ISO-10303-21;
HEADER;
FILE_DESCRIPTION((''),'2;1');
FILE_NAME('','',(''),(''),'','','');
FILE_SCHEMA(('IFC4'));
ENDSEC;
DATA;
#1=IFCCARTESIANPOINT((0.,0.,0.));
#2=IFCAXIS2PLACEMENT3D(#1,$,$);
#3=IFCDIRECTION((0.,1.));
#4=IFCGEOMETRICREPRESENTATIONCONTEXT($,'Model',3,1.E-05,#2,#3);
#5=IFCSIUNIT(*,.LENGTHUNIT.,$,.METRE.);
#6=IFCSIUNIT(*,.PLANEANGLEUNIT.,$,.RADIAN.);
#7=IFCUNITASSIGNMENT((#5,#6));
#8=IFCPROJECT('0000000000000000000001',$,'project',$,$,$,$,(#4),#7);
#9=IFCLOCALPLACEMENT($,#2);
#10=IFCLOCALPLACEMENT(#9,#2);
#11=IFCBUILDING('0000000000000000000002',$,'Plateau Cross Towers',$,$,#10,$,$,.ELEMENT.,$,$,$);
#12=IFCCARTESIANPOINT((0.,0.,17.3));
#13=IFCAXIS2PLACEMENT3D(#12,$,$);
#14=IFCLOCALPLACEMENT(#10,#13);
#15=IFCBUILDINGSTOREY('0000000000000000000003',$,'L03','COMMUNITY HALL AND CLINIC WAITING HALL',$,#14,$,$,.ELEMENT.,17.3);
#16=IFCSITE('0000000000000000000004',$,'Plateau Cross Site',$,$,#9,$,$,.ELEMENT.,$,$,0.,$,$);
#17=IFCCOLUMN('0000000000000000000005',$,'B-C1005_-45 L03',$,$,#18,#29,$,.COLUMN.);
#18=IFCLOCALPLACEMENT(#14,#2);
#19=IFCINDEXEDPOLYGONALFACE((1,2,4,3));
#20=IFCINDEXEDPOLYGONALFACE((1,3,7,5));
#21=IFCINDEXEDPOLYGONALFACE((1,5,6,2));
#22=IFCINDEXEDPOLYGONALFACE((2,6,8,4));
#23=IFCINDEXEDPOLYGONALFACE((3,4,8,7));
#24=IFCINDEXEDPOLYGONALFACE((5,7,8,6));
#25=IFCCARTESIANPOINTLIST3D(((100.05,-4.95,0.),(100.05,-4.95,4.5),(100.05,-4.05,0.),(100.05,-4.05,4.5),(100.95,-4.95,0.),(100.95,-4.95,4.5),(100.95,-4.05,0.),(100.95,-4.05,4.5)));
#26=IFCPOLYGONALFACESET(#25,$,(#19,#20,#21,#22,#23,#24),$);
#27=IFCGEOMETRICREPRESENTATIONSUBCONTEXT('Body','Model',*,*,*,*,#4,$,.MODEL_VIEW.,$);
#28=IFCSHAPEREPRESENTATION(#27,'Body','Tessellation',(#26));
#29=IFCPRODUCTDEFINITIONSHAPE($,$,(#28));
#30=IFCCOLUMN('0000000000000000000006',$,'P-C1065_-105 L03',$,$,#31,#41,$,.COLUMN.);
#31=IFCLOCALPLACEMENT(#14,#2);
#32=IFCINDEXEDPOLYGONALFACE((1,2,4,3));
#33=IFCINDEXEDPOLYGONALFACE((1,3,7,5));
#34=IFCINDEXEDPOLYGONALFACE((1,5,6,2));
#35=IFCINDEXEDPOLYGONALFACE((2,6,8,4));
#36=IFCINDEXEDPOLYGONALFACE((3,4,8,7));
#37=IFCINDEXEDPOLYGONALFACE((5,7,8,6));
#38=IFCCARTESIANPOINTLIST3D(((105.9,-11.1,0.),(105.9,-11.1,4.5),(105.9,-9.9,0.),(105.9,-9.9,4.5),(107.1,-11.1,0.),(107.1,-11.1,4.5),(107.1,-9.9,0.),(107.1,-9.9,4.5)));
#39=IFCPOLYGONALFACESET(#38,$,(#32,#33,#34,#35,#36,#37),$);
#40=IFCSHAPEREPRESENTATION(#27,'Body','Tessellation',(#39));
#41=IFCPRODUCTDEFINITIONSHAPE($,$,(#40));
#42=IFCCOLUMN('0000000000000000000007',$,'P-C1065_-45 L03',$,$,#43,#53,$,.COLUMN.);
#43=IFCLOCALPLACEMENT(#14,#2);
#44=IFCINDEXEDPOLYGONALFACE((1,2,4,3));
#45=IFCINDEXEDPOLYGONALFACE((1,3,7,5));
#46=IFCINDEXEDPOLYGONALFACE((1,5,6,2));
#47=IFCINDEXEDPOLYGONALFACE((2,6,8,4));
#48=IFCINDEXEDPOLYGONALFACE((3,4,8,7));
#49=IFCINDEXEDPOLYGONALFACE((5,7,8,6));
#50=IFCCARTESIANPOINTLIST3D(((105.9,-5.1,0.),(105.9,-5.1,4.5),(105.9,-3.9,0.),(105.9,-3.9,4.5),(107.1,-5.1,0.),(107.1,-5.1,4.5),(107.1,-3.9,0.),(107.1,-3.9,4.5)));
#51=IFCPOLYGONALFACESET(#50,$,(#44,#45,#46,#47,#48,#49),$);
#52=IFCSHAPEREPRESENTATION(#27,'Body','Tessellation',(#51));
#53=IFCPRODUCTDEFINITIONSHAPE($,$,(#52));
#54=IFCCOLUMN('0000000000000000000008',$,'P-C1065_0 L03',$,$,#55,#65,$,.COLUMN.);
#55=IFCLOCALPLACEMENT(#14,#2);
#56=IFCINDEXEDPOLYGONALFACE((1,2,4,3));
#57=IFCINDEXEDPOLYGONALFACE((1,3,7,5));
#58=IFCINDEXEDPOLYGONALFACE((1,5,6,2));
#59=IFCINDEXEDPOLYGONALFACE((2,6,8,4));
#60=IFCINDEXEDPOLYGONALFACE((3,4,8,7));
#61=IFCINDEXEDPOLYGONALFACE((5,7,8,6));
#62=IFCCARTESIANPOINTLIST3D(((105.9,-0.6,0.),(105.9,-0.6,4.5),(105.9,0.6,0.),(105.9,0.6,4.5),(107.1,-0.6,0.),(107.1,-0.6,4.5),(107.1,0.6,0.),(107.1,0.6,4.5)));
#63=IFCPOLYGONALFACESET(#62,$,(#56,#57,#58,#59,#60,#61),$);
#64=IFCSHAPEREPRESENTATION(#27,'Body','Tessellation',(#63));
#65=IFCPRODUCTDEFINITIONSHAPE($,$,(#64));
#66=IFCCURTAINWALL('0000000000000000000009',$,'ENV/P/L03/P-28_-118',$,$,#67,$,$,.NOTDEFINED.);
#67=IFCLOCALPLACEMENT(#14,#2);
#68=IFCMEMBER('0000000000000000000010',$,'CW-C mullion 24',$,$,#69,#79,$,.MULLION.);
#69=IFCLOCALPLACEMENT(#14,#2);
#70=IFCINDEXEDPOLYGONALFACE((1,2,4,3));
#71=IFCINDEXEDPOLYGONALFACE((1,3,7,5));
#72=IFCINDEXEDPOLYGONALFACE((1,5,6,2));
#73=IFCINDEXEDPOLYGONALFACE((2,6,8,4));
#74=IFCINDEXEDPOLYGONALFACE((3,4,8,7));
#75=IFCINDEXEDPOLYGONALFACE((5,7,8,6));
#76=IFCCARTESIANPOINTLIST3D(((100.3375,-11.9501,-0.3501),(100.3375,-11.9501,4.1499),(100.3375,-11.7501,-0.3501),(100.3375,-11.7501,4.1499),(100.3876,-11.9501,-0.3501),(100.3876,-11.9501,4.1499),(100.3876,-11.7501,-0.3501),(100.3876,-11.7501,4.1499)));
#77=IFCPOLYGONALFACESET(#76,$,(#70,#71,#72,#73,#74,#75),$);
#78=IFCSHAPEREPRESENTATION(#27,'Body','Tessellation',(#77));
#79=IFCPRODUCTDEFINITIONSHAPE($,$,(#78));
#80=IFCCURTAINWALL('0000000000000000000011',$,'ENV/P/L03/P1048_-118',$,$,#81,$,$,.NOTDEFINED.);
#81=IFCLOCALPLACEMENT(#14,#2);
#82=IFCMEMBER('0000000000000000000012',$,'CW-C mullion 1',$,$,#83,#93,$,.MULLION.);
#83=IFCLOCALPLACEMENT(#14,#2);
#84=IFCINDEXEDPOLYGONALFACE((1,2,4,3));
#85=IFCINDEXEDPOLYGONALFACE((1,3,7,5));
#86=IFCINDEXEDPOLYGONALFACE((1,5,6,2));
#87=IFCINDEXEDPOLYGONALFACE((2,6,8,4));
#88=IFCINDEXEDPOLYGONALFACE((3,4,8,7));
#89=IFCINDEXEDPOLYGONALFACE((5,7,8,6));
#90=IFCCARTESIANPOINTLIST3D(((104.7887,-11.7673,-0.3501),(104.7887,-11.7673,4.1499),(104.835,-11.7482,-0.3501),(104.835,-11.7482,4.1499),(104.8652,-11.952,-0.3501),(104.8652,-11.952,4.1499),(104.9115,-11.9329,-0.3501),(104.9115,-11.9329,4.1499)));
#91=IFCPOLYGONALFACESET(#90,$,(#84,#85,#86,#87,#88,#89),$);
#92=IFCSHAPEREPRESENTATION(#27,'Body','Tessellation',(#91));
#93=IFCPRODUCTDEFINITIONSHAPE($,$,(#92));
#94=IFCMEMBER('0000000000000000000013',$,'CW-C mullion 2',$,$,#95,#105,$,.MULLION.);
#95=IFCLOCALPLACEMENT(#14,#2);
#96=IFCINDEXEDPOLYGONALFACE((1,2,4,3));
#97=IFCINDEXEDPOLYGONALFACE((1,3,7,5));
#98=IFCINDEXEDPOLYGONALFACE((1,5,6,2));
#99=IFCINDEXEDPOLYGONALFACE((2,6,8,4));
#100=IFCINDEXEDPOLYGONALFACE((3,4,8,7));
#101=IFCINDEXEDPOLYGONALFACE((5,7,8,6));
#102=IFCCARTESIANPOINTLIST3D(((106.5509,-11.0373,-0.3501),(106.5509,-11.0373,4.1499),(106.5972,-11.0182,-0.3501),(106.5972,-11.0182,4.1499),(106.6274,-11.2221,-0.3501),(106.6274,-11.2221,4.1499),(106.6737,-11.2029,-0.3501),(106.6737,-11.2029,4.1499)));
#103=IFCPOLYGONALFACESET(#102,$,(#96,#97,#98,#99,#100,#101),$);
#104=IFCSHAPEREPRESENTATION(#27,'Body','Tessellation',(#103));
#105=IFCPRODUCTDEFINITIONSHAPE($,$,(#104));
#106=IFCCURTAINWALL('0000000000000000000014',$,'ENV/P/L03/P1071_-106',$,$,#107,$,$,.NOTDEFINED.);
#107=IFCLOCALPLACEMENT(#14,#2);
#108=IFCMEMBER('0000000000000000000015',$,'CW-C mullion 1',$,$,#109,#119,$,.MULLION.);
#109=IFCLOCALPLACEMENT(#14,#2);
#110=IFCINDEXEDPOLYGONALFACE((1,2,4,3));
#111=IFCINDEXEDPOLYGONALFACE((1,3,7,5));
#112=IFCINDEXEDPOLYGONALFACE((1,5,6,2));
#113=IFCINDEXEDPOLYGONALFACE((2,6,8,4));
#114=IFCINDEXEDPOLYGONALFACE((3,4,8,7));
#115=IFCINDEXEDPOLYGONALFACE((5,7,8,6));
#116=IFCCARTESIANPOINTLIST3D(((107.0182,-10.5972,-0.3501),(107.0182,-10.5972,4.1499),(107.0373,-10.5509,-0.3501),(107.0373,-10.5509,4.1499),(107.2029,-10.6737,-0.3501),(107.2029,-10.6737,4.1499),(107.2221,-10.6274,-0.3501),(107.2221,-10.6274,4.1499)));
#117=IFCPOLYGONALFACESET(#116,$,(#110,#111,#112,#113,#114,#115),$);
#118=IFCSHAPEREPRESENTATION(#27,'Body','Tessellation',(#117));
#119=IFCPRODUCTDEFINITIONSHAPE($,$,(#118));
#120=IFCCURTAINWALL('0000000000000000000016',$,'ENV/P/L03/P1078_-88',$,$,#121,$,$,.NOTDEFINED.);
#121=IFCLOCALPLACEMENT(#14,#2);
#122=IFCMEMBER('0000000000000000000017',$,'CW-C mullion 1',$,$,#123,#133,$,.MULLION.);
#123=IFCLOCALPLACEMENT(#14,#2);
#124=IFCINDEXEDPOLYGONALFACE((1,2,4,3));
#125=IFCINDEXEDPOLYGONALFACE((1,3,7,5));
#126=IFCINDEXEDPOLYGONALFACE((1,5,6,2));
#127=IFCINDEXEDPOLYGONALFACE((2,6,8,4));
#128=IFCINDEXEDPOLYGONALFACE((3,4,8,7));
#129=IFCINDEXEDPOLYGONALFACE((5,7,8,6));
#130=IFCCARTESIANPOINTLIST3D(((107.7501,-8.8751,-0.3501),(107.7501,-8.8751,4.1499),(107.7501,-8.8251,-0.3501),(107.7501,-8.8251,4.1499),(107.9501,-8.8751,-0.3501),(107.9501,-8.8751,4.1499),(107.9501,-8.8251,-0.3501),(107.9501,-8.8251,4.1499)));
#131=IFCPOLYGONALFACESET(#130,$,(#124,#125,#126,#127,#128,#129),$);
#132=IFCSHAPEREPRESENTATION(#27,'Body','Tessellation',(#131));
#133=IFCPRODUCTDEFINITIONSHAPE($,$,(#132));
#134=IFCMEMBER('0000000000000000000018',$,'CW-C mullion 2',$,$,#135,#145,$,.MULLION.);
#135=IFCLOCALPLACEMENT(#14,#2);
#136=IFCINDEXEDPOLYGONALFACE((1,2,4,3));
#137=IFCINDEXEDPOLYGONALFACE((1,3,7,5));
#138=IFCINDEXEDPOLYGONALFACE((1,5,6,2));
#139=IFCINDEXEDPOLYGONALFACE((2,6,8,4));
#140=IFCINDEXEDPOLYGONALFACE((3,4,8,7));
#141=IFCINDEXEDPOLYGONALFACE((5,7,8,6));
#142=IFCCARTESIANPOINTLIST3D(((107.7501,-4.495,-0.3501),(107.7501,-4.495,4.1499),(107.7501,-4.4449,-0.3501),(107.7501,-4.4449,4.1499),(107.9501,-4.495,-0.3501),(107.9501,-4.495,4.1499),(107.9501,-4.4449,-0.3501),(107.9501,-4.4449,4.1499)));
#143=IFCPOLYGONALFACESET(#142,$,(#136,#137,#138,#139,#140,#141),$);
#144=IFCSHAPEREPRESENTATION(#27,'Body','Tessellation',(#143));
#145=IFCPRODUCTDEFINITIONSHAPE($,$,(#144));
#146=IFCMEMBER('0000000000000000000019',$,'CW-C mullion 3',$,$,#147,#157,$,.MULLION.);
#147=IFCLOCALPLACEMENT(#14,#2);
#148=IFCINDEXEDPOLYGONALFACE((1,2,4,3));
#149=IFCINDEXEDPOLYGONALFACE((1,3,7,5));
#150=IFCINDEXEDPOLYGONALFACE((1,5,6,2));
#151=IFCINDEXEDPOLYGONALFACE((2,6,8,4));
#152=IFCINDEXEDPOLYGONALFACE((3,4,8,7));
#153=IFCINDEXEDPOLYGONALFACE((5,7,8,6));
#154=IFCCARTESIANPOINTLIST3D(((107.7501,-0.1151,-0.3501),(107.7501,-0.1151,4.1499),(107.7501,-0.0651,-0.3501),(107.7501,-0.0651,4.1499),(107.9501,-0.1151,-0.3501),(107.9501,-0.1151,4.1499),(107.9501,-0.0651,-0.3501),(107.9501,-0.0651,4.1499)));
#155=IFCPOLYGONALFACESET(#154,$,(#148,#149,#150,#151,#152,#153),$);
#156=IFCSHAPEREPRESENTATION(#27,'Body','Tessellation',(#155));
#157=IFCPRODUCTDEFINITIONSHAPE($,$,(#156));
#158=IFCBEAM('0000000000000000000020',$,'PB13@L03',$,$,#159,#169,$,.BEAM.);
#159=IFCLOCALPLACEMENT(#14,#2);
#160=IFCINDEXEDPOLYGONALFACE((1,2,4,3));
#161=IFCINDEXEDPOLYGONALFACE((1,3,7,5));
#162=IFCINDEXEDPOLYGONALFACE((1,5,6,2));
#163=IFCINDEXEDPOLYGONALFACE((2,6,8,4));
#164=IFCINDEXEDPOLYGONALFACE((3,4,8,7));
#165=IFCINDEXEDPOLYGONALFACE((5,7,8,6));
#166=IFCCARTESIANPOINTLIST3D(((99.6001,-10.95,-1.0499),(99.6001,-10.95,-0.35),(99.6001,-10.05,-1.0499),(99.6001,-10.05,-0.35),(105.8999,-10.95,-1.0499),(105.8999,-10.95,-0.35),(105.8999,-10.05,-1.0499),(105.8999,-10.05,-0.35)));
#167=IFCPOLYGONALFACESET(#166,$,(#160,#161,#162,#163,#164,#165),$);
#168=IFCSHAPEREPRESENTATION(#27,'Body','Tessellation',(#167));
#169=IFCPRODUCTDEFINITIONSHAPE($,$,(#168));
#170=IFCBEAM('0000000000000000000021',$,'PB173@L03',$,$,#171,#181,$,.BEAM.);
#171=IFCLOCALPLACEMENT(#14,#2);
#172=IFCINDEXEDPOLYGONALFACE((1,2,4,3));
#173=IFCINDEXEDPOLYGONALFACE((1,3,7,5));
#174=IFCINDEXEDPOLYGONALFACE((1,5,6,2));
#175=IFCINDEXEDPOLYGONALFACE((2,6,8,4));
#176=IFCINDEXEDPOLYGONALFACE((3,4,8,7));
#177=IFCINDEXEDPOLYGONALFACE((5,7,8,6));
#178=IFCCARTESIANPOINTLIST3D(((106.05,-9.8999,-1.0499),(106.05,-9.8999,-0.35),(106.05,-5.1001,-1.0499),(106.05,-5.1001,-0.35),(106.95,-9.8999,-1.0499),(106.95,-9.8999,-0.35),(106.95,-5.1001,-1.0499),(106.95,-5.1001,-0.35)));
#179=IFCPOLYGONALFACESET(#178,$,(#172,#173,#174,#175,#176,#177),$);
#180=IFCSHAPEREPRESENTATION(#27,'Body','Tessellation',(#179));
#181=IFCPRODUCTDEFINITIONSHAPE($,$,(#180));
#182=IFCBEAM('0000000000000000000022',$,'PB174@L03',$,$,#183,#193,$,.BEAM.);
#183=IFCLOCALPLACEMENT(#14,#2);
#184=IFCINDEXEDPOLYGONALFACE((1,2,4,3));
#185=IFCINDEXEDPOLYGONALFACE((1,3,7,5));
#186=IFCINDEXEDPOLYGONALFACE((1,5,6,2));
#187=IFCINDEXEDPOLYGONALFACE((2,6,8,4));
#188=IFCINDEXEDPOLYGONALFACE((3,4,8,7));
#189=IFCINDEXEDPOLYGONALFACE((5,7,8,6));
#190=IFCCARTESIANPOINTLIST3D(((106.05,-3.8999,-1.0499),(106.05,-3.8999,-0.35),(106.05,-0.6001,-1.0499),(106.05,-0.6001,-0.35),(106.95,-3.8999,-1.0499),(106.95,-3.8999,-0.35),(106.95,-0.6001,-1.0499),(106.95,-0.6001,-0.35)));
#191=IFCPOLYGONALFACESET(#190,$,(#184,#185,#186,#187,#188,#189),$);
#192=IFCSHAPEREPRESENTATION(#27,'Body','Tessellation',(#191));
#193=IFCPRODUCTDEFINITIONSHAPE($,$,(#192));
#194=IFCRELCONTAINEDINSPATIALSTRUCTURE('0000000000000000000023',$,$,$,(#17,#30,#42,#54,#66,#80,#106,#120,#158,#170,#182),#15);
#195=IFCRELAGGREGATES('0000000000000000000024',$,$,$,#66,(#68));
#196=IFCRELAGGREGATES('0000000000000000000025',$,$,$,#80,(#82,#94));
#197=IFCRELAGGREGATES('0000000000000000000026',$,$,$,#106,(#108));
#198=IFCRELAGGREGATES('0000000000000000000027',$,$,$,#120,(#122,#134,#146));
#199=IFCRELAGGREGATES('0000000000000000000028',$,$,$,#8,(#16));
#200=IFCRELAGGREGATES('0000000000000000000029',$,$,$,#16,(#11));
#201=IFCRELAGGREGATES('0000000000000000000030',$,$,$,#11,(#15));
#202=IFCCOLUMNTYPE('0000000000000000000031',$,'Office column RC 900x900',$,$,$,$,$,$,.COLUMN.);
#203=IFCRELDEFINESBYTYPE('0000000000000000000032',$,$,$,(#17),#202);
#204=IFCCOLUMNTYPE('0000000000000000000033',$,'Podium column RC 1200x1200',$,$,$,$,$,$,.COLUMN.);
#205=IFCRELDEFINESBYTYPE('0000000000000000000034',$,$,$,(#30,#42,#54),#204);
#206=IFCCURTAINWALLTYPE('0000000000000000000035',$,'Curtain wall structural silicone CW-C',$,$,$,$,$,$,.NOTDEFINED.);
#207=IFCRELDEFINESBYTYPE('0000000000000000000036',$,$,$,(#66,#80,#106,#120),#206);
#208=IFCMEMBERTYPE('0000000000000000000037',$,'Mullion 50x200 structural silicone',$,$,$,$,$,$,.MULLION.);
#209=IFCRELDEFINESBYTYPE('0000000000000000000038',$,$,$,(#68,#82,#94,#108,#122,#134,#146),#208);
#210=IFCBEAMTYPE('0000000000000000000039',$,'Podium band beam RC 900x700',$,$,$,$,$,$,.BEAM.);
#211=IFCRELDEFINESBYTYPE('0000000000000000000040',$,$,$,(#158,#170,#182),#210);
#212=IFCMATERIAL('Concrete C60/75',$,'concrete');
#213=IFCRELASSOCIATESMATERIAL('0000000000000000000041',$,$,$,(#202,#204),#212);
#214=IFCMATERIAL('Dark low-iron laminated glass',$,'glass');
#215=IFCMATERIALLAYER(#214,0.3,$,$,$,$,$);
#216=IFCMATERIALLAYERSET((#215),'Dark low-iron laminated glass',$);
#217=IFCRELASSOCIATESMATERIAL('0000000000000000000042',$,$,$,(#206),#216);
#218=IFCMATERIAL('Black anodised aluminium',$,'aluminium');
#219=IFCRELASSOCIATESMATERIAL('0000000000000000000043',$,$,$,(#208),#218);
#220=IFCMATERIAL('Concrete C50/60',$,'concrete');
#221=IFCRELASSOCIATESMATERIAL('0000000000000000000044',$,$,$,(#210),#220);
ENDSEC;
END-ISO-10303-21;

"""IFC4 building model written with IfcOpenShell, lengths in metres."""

from ifc_helpers import new_model, si_unit, direction, frame, origin, origin_2d, place, context, subcontext, project, spatial, rectangle, extrude, material, layer, layer_set, material_profile, profile_set, type_object, element, aggregate, save


model = new_model("IFC4")

# Units and contexts
model_context = context("Model", 3, precision=1e-05, world=origin(), true_north=direction((0.0, 1.0)))
body_context = subcontext(model_context, "Body", "Model", "MODEL_VIEW")
ifc_project = project(units=[si_unit("LENGTHUNIT", "METRE"), si_unit("PLANEANGLEUNIT", "RADIAN")], contexts=[model_context])

# Site, building, storey
site_placement = place(None, origin())
site = spatial("IfcSite", under=ifc_project, at=site_placement, Name="Plateau Cross Site", CompositionType="ELEMENT", RefElevation=0.0)
building_placement = place(site_placement, origin())
building = spatial("IfcBuilding", under=site, at=building_placement, Name="Plateau Cross Towers", CompositionType="ELEMENT")
storey_placement = place(building_placement, frame((0.0, 0.0, 17.3)))
storey = spatial("IfcBuildingStorey", under=building, at=storey_placement, Name="L03", Description="COMMUNITY HALL AND CLINIC WAITING HALL", CompositionType="ELEMENT", Elevation=17.3)

# Columns
ifc_material_1 = material(Name="Concrete C60/75", Category="concrete")
ifc_material_profile_1 = material_profile(ifc_material_1, rectangle(XDim=0.8999, YDim=0.8999, at=origin_2d()), Name="RC 900x900")
ifc_profile_set_1 = profile_set([ifc_material_profile_1], Name="Concrete C60/75")
column_type_1 = type_object("IfcColumnType", Name="Office column RC 900x900", PredefinedType="COLUMN", material=ifc_profile_set_1)
column_placement = place(storey_placement, frame((100.5, -4.5, 0.0), z_axis=(0.0, 0.0, 1.0), x_axis=(1.0, 0.0, 0.0)))
element("IfcColumn", 1, at=column_placement, inside=storey, type_object=column_type_1, Name="B-C1005_-45 L03", PredefinedType="COLUMN", context=body_context, shape_type="SweptSolid", body=[
    extrude(rectangle(XDim=0.8999, YDim=0.8999, at=origin_2d()), origin(), (0.0, 0.0, 1.0), 4.5),
])
ifc_material_profile_2 = material_profile(ifc_material_1, rectangle(XDim=1.2, YDim=1.2, at=origin_2d()), Name="RC 1200x1200")
ifc_profile_set_2 = profile_set([ifc_material_profile_2], Name="Concrete C60/75")
column_type_2 = type_object("IfcColumnType", Name="Podium column RC 1200x1200", PredefinedType="COLUMN", material=ifc_profile_set_2)
for number, where, z_axis, x_axis, name in (
    (2, (106.5, -10.5, 0.0), (0.0, 0.0, 1.0), (1.0, 0.0, 0.0), "P-C1065_-105 L03"),
    (3, (106.5, -4.5, 0.0), (0.0, 0.0, 1.0), (1.0, 0.0, 0.0), "P-C1065_-45 L03"),
    (4, (106.5, 0.0, 0.0), (0.0, 0.0, 1.0), (1.0, 0.0, 0.0), "P-C1065_0 L03"),
):
    element("IfcColumn", number, at=place(storey_placement, frame(where, z_axis=z_axis, x_axis=x_axis)), inside=storey, type_object=column_type_2, Name=name, PredefinedType="COLUMN", context=body_context, shape_type="SweptSolid", body=[
        extrude(rectangle(XDim=1.2, YDim=1.2, at=origin_2d()), origin(), (0.0, 0.0, 1.0), 4.5),
    ])

# Curtain wall, member
ifc_material_2 = material(Name="Dark low-iron laminated glass", Category="glass")
ifc_layer_1 = layer(ifc_material_2, 0.3)
ifc_layer_set_1 = layer_set([ifc_layer_1], Name="Dark low-iron laminated glass")
curtain_wall_type = type_object("IfcCurtainWallType", Name="Curtain wall structural silicone CW-C", PredefinedType="NOTDEFINED", material=ifc_layer_set_1)
curtain_wall_1_placement = place(storey_placement, origin())
curtain_wall_1 = element("IfcCurtainWall", 5, at=curtain_wall_1_placement, inside=storey, type_object=curtain_wall_type, Name="ENV/P/L03/P-28_-118", PredefinedType="NOTDEFINED")
ifc_material_3 = material(Name="Black anodised aluminium", Category="aluminium")
ifc_material_profile_3 = material_profile(ifc_material_3, rectangle(XDim=0.05, YDim=0.2, at=origin_2d()), Name="MULLION 50x200")
ifc_profile_set_3 = profile_set([ifc_material_profile_3], Name="Black anodised aluminium")
member_type_1 = type_object("IfcMemberType", Name="Mullion 50x200 structural silicone", PredefinedType="MULLION", material=ifc_profile_set_3)
member_1_placement = place(storey_placement, frame((100.3625, -11.8501, -0.3501), z_axis=(0.0, 0.0, 1.0), x_axis=(1.0, 0.0, 0.0)))
member_1 = element("IfcMember", 6, at=member_1_placement, type_object=member_type_1, Name="CW-C mullion 24", PredefinedType="MULLION", context=body_context, shape_type="SweptSolid", body=[
    extrude(rectangle(XDim=0.05, YDim=0.2, at=origin_2d()), origin(), (0.0, 0.0, 1.0), 4.5),
])

# Curtain wall, members
curtain_wall_2_placement = place(storey_placement, origin())
curtain_wall_2 = element("IfcCurtainWall", 7, at=curtain_wall_2_placement, inside=storey, type_object=curtain_wall_type, Name="ENV/P/L03/P1048_-118", PredefinedType="NOTDEFINED")
member_2_placement = place(storey_placement, frame((104.8501, -11.8501, -0.3501), z_axis=(0.0, 0.0, 1.0), x_axis=(0.923879, 0.382684, 0.0)))
member_2 = element("IfcMember", 8, at=member_2_placement, type_object=member_type_1, Name="CW-C mullion 1", PredefinedType="MULLION", context=body_context, shape_type="SweptSolid", body=[
    extrude(rectangle(XDim=0.05, YDim=0.2, at=origin_2d()), origin(), (0.0, 0.0, 1.0), 4.5),
])
member_3_placement = place(storey_placement, frame((106.6123, -11.1201, -0.3501), z_axis=(0.0, 0.0, 1.0), x_axis=(0.923879, 0.382684, 0.0)))
member_3 = element("IfcMember", 9, at=member_3_placement, type_object=member_type_1, Name="CW-C mullion 2", PredefinedType="MULLION", context=body_context, shape_type="SweptSolid", body=[
    extrude(rectangle(XDim=0.05, YDim=0.2, at=origin_2d()), origin(), (0.0, 0.0, 1.0), 4.5),
])

# Curtain wall, member
curtain_wall_3_placement = place(storey_placement, origin())
curtain_wall_3 = element("IfcCurtainWall", 10, at=curtain_wall_3_placement, inside=storey, type_object=curtain_wall_type, Name="ENV/P/L03/P1071_-106", PredefinedType="NOTDEFINED")
member_4_placement = place(storey_placement, frame((107.1201, -10.6123, -0.3501), z_axis=(0.0, 0.0, 1.0), x_axis=(0.382684, 0.923879, 0.0)))
member_4 = element("IfcMember", 11, at=member_4_placement, type_object=member_type_1, Name="CW-C mullion 1", PredefinedType="MULLION", context=body_context, shape_type="SweptSolid", body=[
    extrude(rectangle(XDim=0.05, YDim=0.2, at=origin_2d()), origin(), (0.0, 0.0, 1.0), 4.5),
])

# Curtain wall, members
curtain_wall_4_placement = place(storey_placement, origin())
curtain_wall_4 = element("IfcCurtainWall", 12, at=curtain_wall_4_placement, inside=storey, type_object=curtain_wall_type, Name="ENV/P/L03/P1078_-88", PredefinedType="NOTDEFINED")
member_5_placement = place(storey_placement, frame((107.8501, -8.8501, -0.3501), z_axis=(0.0, 0.0, 1.0), x_axis=(0.0, 1.0, 0.0)))
member_5 = element("IfcMember", 13, at=member_5_placement, type_object=member_type_1, Name="CW-C mullion 1", PredefinedType="MULLION", context=body_context, shape_type="SweptSolid", body=[
    extrude(rectangle(XDim=0.05, YDim=0.2, at=origin_2d()), origin(), (0.0, 0.0, 1.0), 4.5),
])
member_6_placement = place(storey_placement, frame((107.8501, -4.47, -0.3501), z_axis=(0.0, 0.0, 1.0), x_axis=(0.0, 1.0, 0.0)))
member_6 = element("IfcMember", 14, at=member_6_placement, type_object=member_type_1, Name="CW-C mullion 2", PredefinedType="MULLION", context=body_context, shape_type="SweptSolid", body=[
    extrude(rectangle(XDim=0.05, YDim=0.2, at=origin_2d()), origin(), (0.0, 0.0, 1.0), 4.5),
])
member_7_placement = place(storey_placement, frame((107.8501, -0.0901, -0.3501), z_axis=(0.0, 0.0, 1.0), x_axis=(0.0, 1.0, 0.0)))
member_7 = element("IfcMember", 15, at=member_7_placement, type_object=member_type_1, Name="CW-C mullion 3", PredefinedType="MULLION", context=body_context, shape_type="SweptSolid", body=[
    extrude(rectangle(XDim=0.05, YDim=0.2, at=origin_2d()), origin(), (0.0, 0.0, 1.0), 4.5),
])

# Beams
ifc_material_4 = material(Name="Concrete C50/60", Category="concrete")
ifc_material_profile_4 = material_profile(ifc_material_4, rectangle(XDim=0.8999, YDim=0.7, at=origin_2d()), Name="RC 900x700")
ifc_profile_set_4 = profile_set([ifc_material_profile_4], Name="Concrete C50/60")
beam_type = type_object("IfcBeamType", Name="Podium band beam RC 900x700", PredefinedType="BEAM", material=ifc_profile_set_4)
beam_1_placement = place(storey_placement, frame((99.6001, -10.5, -0.7), z_axis=(1.0, 0.0, 0.0), x_axis=(0.0, 1.0, 0.0)))
element("IfcBeam", 16, at=beam_1_placement, inside=storey, type_object=beam_type, Name="PB13@L03", PredefinedType="BEAM", context=body_context, shape_type="SweptSolid", body=[
    extrude(rectangle(XDim=0.8999, YDim=0.7, at=origin_2d()), origin(), (0.0, 0.0, 1.0), 6.2998),
])
beam_2_placement = place(storey_placement, frame((106.5, -9.8999, -0.7), z_axis=(0.0, 1.0, 0.0), x_axis=(-1.0, 0.0, 0.0)))
element("IfcBeam", 17, at=beam_2_placement, inside=storey, type_object=beam_type, Name="PB173@L03", PredefinedType="BEAM", context=body_context, shape_type="SweptSolid", body=[
    extrude(rectangle(XDim=0.8999, YDim=0.7, at=origin_2d()), origin(), (0.0, 0.0, 1.0), 4.7998),
])
beam_3_placement = place(storey_placement, frame((106.5, -3.8999, -0.7), z_axis=(0.0, 1.0, 0.0), x_axis=(-1.0, 0.0, 0.0)))
element("IfcBeam", 18, at=beam_3_placement, inside=storey, type_object=beam_type, Name="PB174@L03", PredefinedType="BEAM", context=body_context, shape_type="SweptSolid", body=[
    extrude(rectangle(XDim=0.8999, YDim=0.7, at=origin_2d()), origin(), (0.0, 0.0, 1.0), 3.2998),
])

aggregate(curtain_wall_1, [member_1])
aggregate(curtain_wall_2, [member_2, member_3])
aggregate(curtain_wall_3, [member_4])
aggregate(curtain_wall_4, [member_5, member_6, member_7])

save(model, "model.ifc")
